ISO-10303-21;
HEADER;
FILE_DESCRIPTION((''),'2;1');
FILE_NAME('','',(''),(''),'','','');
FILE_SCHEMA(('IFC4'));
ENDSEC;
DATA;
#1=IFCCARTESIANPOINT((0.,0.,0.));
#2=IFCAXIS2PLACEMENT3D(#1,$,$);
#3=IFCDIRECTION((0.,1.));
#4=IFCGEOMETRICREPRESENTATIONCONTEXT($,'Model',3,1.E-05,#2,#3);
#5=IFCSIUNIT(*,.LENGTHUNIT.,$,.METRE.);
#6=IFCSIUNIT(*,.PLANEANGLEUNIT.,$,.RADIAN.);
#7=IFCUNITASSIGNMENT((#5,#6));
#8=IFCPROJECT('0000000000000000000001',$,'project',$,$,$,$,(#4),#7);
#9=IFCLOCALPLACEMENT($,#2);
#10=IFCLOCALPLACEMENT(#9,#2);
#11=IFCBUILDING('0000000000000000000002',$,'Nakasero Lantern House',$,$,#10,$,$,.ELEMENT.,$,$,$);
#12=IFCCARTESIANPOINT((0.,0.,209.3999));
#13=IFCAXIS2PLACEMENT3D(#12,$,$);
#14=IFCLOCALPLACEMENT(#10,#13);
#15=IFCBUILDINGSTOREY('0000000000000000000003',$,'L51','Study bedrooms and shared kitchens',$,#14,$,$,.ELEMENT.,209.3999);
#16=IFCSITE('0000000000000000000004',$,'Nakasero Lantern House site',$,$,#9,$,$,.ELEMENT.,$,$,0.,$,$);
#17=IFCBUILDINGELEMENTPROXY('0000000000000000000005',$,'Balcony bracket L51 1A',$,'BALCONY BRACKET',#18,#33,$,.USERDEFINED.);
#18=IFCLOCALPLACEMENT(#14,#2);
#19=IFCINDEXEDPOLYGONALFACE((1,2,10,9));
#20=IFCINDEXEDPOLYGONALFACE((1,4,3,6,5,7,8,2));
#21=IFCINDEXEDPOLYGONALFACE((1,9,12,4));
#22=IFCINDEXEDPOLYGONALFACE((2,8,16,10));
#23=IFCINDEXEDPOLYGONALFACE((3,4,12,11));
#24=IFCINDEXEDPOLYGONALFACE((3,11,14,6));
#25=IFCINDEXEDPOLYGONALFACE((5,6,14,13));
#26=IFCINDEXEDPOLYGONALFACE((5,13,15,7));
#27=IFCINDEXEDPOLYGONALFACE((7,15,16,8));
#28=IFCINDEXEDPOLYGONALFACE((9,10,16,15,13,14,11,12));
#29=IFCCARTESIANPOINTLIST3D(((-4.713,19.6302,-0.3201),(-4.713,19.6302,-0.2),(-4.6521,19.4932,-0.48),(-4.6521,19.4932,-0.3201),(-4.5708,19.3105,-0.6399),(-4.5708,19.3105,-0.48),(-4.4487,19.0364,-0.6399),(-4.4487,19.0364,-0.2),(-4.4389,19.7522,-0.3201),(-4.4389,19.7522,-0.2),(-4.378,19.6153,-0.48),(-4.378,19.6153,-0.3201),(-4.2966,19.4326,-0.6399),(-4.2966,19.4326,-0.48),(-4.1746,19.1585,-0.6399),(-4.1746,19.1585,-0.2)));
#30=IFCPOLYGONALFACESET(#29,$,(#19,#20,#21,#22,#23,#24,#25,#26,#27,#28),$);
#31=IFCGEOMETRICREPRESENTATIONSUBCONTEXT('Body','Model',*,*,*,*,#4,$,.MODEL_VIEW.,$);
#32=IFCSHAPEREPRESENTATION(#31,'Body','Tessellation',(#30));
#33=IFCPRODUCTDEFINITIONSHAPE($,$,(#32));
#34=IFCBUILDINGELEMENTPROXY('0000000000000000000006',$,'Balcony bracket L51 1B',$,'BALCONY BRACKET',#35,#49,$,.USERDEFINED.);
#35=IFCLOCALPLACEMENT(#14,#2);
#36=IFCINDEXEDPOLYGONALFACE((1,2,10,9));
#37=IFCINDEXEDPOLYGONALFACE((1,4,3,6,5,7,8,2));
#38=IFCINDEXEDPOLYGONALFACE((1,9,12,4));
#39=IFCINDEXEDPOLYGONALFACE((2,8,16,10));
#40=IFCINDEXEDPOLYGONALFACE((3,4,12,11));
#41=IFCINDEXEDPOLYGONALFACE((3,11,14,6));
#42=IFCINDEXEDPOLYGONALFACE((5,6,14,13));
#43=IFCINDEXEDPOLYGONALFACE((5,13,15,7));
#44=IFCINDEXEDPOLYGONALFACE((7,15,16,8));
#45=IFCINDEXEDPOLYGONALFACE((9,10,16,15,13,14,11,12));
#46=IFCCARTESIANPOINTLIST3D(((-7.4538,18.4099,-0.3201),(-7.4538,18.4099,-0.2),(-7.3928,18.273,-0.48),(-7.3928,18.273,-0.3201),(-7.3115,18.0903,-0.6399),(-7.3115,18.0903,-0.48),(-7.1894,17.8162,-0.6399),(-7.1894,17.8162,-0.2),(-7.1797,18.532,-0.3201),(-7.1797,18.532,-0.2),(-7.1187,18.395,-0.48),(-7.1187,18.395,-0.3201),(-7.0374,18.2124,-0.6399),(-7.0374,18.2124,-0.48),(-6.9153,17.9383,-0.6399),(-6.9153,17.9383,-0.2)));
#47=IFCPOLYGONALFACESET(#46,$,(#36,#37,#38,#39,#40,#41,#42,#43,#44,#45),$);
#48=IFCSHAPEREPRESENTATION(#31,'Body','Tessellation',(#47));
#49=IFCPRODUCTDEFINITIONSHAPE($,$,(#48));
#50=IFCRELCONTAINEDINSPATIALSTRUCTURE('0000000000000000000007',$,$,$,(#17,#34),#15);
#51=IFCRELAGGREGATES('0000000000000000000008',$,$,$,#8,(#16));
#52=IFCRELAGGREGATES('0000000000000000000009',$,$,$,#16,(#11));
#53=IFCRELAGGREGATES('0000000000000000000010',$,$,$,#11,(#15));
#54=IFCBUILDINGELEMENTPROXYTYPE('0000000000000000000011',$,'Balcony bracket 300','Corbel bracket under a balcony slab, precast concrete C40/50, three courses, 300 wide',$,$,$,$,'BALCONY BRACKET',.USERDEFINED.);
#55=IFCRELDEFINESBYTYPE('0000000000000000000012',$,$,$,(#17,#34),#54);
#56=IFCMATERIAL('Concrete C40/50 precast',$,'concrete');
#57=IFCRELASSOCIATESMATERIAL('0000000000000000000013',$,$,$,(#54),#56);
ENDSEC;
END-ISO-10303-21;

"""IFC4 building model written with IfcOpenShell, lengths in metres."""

from ifc_helpers import new_model, si_unit, direction, frame, origin, place, context, subcontext, project, spatial, polyline, outline, extrude, material, type_object, element, save


model = new_model("IFC4")

# Units and contexts
model_context = context("Model", 3, precision=1e-05, world=origin(), true_north=direction((0.0, 1.0)))
body_context = subcontext(model_context, "Body", "Model", "MODEL_VIEW")
ifc_project = project(units=[si_unit("LENGTHUNIT", "METRE"), si_unit("PLANEANGLEUNIT", "RADIAN")], contexts=[model_context])

# Site, building, storey
site_placement = place(None, origin())
site = spatial("IfcSite", under=ifc_project, at=site_placement, Name="Nakasero Lantern House site", CompositionType="ELEMENT", RefElevation=0.0)
building_placement = place(site_placement, origin())
building = spatial("IfcBuilding", under=site, at=building_placement, Name="Nakasero Lantern House", CompositionType="ELEMENT")
storey_placement = place(building_placement, frame((0.0, 0.0, 209.3999)))
storey = spatial("IfcBuildingStorey", under=building, at=storey_placement, Name="L51", Description="Study bedrooms and shared kitchens", CompositionType="ELEMENT", Elevation=209.3999)

# Building element proxies
ifc_material_1 = material(Name="Concrete C40/50 precast", Category="concrete")
building_element_proxy_type = type_object("IfcBuildingElementProxyType", Name="Balcony bracket 300", Description="Corbel bracket under a balcony slab, precast concrete C40/50, three courses, 300 wide", ElementType="BALCONY BRACKET", PredefinedType="USERDEFINED", material=ifc_material_1)
for number, where, z_axis, x_axis, name in (
    (1, (-4.3118, 19.0974, -0.2), (0.0, 0.0, 1.0), (-0.406737, 0.913545, 0.0), "Balcony bracket L51 1A"),
    (2, (-7.0525, 17.8772, -0.2), (0.0, 0.0, 1.0), (-0.406737, 0.913545, 0.0), "Balcony bracket L51 1B"),
):
    element("IfcBuildingElementProxy", number, at=place(storey_placement, frame(where, z_axis=z_axis, x_axis=x_axis)), inside=storey, type_object=building_element_proxy_type, Name=name, ObjectType="BALCONY BRACKET", PredefinedType="USERDEFINED", context=body_context, shape_type="SweptSolid", body=[
        extrude(outline(polyline([(0.0, 0.0), (0.6499, 0.0), (0.6499, -0.1201), (0.5, -0.1201), (0.5, -0.28), (0.3, -0.28), (0.3, -0.4399), (0.0, -0.4399), (0.0, 0.0)])), frame((0.0, 0.1499, 0.0), z_axis=(0.0, -1.0, 0.0), x_axis=(1.0, 0.0, 0.0)), (0.0, 0.0, 1.0), 0.3),
    ])

save(model, "model.ifc")
